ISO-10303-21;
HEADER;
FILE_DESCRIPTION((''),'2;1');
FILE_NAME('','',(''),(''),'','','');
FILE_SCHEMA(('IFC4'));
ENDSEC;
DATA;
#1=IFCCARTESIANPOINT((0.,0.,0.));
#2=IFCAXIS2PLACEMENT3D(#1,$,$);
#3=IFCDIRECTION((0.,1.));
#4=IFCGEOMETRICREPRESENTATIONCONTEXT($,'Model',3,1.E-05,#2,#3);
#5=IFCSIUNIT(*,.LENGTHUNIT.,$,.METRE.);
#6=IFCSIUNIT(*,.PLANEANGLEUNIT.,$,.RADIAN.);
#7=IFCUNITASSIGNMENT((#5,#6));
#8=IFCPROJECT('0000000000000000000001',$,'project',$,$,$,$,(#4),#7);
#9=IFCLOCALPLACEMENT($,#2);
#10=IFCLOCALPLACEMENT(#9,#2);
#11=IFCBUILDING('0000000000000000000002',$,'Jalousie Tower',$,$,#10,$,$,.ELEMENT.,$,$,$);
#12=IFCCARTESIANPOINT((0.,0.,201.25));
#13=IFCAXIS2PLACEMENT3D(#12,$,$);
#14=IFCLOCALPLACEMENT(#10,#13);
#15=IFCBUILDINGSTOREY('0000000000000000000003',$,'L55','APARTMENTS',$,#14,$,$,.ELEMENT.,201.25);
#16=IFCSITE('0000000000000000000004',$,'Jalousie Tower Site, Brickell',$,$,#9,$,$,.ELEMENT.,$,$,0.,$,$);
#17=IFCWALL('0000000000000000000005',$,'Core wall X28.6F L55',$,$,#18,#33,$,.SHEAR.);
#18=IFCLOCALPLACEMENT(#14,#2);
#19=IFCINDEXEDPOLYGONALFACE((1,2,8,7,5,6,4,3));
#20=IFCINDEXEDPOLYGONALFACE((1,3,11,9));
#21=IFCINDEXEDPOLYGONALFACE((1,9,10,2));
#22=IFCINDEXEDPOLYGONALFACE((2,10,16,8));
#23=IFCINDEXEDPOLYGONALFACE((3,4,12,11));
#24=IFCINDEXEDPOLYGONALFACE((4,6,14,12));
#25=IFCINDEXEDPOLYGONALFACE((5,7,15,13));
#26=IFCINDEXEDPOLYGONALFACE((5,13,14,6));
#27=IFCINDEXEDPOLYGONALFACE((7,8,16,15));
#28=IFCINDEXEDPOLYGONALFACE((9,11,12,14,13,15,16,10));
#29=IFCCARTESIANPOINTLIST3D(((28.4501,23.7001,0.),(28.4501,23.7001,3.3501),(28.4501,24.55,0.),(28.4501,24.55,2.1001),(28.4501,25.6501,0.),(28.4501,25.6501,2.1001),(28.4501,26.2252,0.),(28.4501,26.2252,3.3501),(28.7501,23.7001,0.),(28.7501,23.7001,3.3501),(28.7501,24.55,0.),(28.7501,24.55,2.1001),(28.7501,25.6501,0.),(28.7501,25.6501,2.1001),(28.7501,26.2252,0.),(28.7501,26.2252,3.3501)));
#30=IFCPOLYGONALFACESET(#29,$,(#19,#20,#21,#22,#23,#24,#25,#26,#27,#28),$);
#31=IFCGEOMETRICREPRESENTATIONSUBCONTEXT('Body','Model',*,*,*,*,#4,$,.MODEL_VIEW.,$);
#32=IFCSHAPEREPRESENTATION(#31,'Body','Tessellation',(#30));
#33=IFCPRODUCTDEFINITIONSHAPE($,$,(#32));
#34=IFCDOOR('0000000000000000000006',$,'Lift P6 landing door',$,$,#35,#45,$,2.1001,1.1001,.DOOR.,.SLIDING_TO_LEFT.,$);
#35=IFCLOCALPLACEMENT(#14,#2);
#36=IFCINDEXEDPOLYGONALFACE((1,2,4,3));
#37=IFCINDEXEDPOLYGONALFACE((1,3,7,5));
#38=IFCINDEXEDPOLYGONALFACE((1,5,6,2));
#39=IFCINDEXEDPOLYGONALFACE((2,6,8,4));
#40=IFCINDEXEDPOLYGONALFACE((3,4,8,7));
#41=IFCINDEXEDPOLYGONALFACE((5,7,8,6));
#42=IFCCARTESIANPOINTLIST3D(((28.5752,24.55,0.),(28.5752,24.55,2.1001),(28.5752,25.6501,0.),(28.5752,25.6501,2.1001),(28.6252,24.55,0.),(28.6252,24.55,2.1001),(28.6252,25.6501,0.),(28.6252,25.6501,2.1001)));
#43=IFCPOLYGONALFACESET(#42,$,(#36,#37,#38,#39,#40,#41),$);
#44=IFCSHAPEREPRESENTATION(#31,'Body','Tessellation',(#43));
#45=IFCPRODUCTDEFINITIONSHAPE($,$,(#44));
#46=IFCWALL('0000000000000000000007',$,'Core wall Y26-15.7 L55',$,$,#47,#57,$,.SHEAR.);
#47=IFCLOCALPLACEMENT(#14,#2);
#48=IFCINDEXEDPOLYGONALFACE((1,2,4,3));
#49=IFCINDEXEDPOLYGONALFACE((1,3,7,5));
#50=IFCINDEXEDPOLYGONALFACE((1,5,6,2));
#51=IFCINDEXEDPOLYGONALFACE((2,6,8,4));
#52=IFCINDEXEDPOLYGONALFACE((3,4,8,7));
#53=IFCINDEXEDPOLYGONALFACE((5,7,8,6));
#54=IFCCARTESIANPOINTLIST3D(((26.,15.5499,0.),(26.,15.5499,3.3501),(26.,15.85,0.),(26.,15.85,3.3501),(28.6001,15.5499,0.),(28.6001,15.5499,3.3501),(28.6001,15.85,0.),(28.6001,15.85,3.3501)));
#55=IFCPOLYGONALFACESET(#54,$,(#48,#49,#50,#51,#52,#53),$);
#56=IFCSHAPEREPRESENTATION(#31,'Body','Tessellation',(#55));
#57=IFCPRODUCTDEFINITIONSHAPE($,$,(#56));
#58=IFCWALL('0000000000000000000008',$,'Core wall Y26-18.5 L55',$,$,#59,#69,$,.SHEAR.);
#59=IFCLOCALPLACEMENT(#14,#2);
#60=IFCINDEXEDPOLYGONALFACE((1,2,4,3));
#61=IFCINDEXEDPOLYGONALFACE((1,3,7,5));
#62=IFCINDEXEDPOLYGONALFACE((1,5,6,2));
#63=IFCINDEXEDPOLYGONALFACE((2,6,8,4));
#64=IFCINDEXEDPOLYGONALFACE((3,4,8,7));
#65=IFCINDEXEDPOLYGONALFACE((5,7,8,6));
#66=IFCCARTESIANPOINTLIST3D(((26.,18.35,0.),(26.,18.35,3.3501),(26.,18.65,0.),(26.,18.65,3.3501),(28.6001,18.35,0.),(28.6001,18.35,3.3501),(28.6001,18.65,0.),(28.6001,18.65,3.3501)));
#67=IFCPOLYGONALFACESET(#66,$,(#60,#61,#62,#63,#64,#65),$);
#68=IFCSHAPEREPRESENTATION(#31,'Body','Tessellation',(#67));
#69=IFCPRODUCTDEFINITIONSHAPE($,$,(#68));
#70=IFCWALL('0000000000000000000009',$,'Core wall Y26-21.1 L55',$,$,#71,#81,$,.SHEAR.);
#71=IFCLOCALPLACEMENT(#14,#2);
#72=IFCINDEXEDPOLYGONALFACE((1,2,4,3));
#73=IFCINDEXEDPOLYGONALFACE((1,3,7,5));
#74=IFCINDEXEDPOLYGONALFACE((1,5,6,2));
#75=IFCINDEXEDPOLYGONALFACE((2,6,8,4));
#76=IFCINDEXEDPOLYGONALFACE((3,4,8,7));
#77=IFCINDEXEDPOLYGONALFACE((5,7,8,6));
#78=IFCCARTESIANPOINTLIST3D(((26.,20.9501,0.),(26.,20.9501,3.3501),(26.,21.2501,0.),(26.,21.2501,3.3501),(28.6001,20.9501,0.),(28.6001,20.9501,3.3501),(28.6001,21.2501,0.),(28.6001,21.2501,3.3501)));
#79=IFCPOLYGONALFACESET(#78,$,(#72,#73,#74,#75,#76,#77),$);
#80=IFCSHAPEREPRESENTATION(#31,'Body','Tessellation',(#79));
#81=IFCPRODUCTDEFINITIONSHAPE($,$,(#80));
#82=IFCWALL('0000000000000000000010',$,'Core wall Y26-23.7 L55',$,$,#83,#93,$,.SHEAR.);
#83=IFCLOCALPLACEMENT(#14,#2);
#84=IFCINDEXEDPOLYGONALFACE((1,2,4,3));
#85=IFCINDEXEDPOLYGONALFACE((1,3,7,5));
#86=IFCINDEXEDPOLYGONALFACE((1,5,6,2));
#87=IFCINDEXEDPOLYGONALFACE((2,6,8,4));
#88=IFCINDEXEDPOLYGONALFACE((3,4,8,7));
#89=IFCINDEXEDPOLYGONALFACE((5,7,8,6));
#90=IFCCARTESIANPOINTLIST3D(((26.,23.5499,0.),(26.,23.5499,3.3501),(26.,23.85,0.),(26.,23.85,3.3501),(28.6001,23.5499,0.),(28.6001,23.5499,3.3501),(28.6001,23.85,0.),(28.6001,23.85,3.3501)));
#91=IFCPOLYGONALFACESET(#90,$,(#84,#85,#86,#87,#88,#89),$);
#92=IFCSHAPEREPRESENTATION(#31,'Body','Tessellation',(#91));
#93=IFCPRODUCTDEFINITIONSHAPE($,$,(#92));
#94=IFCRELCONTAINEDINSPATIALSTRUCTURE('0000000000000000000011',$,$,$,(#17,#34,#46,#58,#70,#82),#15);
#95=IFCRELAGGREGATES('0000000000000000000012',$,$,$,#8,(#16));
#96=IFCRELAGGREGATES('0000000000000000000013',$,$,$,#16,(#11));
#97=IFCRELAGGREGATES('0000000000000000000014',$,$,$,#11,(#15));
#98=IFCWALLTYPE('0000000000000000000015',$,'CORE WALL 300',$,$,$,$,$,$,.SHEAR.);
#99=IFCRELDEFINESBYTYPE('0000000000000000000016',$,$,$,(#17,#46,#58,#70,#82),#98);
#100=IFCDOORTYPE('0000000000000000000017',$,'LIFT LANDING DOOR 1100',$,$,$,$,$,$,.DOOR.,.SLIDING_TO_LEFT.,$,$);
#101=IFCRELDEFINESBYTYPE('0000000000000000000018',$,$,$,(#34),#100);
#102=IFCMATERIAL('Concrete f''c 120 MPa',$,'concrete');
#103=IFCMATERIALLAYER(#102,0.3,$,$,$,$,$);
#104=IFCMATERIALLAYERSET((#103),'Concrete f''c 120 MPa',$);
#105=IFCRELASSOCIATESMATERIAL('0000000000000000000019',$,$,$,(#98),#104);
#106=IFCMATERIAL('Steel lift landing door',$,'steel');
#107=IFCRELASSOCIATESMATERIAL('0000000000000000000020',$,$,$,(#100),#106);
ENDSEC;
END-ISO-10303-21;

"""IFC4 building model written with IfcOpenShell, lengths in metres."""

from ifc_helpers import new_model, si_unit, direction, frame, frame_2d, origin, place, context, subcontext, project, spatial, rectangle, extrude, material, layer, layer_set, type_object, element, fill, save


model = new_model("IFC4")

# Units and contexts
model_context = context("Model", 3, precision=1e-05, world=origin(), true_north=direction((0.0, 1.0)))
body_context = subcontext(model_context, "Body", "Model", "MODEL_VIEW")
ifc_project = project(units=[si_unit("LENGTHUNIT", "METRE"), si_unit("PLANEANGLEUNIT", "RADIAN")], contexts=[model_context])

# Site, building, storey
site_placement = place(None, origin())
site = spatial("IfcSite", under=ifc_project, at=site_placement, Name="Jalousie Tower Site, Brickell", CompositionType="ELEMENT", RefElevation=0.0)
building_placement = place(site_placement, origin())
building = spatial("IfcBuilding", under=site, at=building_placement, Name="Jalousie Tower", CompositionType="ELEMENT")
storey_placement = place(building_placement, frame((0.0, 0.0, 201.25)))
storey = spatial("IfcBuildingStorey", under=building, at=storey_placement, Name="L55", Description="APARTMENTS", CompositionType="ELEMENT", Elevation=201.25)

# Shared definitions
ifc_material_1 = material(Name="Concrete f'c 120 MPa", Category="concrete")
ifc_layer_1 = layer(ifc_material_1, 0.3)
ifc_layer_set_1 = layer_set([ifc_layer_1], Name="Concrete f'c 120 MPa")
wall_type_1 = type_object("IfcWallType", Name="CORE WALL 300", PredefinedType="SHEAR", material=ifc_layer_set_1)

# Wall, opening, door
ifc_material_2 = material(Name="Steel lift landing door", Category="steel")
door_type_1 = type_object("IfcDoorType", Name="LIFT LANDING DOOR 1100", OperationType="SLIDING_TO_LEFT", PredefinedType="DOOR", material=ifc_material_2)
wall_1_placement = place(storey_placement, frame((28.6001, 23.7, 0.0), z_axis=(0.0, 0.0, 1.0), x_axis=(0.0, 1.0, 0.0)))
wall_1 = element("IfcWall", 1, at=wall_1_placement, inside=storey, type_object=wall_type_1, Name="Core wall X28.6F L55", PredefinedType="SHEAR", context=body_context, shape_type="SweptSolid", body=[
    extrude(rectangle(XDim=2.5251, YDim=0.3, at=frame_2d((1.2627, 0.0))), origin(), (0.0, 0.0, 1.0), 3.3501),
])
opening_1_placement = place(wall_1_placement, frame((0.8501, 0.0, 0.0)))
opening_1 = element("IfcOpeningElement", 2, at=opening_1_placement, cuts=wall_1, PredefinedType="OPENING", context=body_context, shape_type="SweptSolid", body=[
    extrude(rectangle(XDim=1.1001, YDim=2.1001, at=frame_2d((0.55, 1.05))), frame((0.0, 0.1599, 0.0), z_axis=(0.0, -1.0, 0.0), x_axis=(1.0, 0.0, 0.0)), (0.0, 0.0, 1.0), 0.3201),
])
door_1_placement = place(opening_1_placement, origin())
door_1 = element("IfcDoor", 3, at=door_1_placement, inside=storey, type_object=door_type_1, Name="Lift P6 landing door", OperationType="SLIDING_TO_LEFT", OverallHeight=2.1001, OverallWidth=1.1001, PredefinedType="DOOR", context=body_context, shape_type="SweptSolid", body=[
    extrude(rectangle(XDim=1.1001, YDim=2.1001, at=frame_2d((0.55, 1.05))), frame((0.0, 0.0249, 0.0), z_axis=(0.0, -1.0, 0.0), x_axis=(1.0, 0.0, 0.0)), (0.0, 0.0, 1.0), 0.05),
])
fill(opening_1, door_1)

# Walls
for number, where, z_axis, x_axis, name in (
    (4, (26.0, 15.7, 0.0), (0.0, 0.0, 1.0), (1.0, 0.0, 0.0), "Core wall Y26-15.7 L55"),
    (5, (26.0, 18.5, 0.0), (0.0, 0.0, 1.0), (1.0, 0.0, 0.0), "Core wall Y26-18.5 L55"),
    (6, (26.0, 21.1001, 0.0), (0.0, 0.0, 1.0), (1.0, 0.0, 0.0), "Core wall Y26-21.1 L55"),
    (7, (26.0, 23.7, 0.0), (0.0, 0.0, 1.0), (1.0, 0.0, 0.0), "Core wall Y26-23.7 L55"),
):
    element("IfcWall", number, at=place(storey_placement, frame(where, z_axis=z_axis, x_axis=x_axis)), inside=storey, type_object=wall_type_1, Name=name, PredefinedType="SHEAR", context=body_context, shape_type="SweptSolid", body=[
        extrude(rectangle(XDim=2.6001, YDim=0.3, at=frame_2d((1.3, 0.0))), origin(), (0.0, 0.0, 1.0), 3.3501),
    ])

save(model, "model.ifc")
